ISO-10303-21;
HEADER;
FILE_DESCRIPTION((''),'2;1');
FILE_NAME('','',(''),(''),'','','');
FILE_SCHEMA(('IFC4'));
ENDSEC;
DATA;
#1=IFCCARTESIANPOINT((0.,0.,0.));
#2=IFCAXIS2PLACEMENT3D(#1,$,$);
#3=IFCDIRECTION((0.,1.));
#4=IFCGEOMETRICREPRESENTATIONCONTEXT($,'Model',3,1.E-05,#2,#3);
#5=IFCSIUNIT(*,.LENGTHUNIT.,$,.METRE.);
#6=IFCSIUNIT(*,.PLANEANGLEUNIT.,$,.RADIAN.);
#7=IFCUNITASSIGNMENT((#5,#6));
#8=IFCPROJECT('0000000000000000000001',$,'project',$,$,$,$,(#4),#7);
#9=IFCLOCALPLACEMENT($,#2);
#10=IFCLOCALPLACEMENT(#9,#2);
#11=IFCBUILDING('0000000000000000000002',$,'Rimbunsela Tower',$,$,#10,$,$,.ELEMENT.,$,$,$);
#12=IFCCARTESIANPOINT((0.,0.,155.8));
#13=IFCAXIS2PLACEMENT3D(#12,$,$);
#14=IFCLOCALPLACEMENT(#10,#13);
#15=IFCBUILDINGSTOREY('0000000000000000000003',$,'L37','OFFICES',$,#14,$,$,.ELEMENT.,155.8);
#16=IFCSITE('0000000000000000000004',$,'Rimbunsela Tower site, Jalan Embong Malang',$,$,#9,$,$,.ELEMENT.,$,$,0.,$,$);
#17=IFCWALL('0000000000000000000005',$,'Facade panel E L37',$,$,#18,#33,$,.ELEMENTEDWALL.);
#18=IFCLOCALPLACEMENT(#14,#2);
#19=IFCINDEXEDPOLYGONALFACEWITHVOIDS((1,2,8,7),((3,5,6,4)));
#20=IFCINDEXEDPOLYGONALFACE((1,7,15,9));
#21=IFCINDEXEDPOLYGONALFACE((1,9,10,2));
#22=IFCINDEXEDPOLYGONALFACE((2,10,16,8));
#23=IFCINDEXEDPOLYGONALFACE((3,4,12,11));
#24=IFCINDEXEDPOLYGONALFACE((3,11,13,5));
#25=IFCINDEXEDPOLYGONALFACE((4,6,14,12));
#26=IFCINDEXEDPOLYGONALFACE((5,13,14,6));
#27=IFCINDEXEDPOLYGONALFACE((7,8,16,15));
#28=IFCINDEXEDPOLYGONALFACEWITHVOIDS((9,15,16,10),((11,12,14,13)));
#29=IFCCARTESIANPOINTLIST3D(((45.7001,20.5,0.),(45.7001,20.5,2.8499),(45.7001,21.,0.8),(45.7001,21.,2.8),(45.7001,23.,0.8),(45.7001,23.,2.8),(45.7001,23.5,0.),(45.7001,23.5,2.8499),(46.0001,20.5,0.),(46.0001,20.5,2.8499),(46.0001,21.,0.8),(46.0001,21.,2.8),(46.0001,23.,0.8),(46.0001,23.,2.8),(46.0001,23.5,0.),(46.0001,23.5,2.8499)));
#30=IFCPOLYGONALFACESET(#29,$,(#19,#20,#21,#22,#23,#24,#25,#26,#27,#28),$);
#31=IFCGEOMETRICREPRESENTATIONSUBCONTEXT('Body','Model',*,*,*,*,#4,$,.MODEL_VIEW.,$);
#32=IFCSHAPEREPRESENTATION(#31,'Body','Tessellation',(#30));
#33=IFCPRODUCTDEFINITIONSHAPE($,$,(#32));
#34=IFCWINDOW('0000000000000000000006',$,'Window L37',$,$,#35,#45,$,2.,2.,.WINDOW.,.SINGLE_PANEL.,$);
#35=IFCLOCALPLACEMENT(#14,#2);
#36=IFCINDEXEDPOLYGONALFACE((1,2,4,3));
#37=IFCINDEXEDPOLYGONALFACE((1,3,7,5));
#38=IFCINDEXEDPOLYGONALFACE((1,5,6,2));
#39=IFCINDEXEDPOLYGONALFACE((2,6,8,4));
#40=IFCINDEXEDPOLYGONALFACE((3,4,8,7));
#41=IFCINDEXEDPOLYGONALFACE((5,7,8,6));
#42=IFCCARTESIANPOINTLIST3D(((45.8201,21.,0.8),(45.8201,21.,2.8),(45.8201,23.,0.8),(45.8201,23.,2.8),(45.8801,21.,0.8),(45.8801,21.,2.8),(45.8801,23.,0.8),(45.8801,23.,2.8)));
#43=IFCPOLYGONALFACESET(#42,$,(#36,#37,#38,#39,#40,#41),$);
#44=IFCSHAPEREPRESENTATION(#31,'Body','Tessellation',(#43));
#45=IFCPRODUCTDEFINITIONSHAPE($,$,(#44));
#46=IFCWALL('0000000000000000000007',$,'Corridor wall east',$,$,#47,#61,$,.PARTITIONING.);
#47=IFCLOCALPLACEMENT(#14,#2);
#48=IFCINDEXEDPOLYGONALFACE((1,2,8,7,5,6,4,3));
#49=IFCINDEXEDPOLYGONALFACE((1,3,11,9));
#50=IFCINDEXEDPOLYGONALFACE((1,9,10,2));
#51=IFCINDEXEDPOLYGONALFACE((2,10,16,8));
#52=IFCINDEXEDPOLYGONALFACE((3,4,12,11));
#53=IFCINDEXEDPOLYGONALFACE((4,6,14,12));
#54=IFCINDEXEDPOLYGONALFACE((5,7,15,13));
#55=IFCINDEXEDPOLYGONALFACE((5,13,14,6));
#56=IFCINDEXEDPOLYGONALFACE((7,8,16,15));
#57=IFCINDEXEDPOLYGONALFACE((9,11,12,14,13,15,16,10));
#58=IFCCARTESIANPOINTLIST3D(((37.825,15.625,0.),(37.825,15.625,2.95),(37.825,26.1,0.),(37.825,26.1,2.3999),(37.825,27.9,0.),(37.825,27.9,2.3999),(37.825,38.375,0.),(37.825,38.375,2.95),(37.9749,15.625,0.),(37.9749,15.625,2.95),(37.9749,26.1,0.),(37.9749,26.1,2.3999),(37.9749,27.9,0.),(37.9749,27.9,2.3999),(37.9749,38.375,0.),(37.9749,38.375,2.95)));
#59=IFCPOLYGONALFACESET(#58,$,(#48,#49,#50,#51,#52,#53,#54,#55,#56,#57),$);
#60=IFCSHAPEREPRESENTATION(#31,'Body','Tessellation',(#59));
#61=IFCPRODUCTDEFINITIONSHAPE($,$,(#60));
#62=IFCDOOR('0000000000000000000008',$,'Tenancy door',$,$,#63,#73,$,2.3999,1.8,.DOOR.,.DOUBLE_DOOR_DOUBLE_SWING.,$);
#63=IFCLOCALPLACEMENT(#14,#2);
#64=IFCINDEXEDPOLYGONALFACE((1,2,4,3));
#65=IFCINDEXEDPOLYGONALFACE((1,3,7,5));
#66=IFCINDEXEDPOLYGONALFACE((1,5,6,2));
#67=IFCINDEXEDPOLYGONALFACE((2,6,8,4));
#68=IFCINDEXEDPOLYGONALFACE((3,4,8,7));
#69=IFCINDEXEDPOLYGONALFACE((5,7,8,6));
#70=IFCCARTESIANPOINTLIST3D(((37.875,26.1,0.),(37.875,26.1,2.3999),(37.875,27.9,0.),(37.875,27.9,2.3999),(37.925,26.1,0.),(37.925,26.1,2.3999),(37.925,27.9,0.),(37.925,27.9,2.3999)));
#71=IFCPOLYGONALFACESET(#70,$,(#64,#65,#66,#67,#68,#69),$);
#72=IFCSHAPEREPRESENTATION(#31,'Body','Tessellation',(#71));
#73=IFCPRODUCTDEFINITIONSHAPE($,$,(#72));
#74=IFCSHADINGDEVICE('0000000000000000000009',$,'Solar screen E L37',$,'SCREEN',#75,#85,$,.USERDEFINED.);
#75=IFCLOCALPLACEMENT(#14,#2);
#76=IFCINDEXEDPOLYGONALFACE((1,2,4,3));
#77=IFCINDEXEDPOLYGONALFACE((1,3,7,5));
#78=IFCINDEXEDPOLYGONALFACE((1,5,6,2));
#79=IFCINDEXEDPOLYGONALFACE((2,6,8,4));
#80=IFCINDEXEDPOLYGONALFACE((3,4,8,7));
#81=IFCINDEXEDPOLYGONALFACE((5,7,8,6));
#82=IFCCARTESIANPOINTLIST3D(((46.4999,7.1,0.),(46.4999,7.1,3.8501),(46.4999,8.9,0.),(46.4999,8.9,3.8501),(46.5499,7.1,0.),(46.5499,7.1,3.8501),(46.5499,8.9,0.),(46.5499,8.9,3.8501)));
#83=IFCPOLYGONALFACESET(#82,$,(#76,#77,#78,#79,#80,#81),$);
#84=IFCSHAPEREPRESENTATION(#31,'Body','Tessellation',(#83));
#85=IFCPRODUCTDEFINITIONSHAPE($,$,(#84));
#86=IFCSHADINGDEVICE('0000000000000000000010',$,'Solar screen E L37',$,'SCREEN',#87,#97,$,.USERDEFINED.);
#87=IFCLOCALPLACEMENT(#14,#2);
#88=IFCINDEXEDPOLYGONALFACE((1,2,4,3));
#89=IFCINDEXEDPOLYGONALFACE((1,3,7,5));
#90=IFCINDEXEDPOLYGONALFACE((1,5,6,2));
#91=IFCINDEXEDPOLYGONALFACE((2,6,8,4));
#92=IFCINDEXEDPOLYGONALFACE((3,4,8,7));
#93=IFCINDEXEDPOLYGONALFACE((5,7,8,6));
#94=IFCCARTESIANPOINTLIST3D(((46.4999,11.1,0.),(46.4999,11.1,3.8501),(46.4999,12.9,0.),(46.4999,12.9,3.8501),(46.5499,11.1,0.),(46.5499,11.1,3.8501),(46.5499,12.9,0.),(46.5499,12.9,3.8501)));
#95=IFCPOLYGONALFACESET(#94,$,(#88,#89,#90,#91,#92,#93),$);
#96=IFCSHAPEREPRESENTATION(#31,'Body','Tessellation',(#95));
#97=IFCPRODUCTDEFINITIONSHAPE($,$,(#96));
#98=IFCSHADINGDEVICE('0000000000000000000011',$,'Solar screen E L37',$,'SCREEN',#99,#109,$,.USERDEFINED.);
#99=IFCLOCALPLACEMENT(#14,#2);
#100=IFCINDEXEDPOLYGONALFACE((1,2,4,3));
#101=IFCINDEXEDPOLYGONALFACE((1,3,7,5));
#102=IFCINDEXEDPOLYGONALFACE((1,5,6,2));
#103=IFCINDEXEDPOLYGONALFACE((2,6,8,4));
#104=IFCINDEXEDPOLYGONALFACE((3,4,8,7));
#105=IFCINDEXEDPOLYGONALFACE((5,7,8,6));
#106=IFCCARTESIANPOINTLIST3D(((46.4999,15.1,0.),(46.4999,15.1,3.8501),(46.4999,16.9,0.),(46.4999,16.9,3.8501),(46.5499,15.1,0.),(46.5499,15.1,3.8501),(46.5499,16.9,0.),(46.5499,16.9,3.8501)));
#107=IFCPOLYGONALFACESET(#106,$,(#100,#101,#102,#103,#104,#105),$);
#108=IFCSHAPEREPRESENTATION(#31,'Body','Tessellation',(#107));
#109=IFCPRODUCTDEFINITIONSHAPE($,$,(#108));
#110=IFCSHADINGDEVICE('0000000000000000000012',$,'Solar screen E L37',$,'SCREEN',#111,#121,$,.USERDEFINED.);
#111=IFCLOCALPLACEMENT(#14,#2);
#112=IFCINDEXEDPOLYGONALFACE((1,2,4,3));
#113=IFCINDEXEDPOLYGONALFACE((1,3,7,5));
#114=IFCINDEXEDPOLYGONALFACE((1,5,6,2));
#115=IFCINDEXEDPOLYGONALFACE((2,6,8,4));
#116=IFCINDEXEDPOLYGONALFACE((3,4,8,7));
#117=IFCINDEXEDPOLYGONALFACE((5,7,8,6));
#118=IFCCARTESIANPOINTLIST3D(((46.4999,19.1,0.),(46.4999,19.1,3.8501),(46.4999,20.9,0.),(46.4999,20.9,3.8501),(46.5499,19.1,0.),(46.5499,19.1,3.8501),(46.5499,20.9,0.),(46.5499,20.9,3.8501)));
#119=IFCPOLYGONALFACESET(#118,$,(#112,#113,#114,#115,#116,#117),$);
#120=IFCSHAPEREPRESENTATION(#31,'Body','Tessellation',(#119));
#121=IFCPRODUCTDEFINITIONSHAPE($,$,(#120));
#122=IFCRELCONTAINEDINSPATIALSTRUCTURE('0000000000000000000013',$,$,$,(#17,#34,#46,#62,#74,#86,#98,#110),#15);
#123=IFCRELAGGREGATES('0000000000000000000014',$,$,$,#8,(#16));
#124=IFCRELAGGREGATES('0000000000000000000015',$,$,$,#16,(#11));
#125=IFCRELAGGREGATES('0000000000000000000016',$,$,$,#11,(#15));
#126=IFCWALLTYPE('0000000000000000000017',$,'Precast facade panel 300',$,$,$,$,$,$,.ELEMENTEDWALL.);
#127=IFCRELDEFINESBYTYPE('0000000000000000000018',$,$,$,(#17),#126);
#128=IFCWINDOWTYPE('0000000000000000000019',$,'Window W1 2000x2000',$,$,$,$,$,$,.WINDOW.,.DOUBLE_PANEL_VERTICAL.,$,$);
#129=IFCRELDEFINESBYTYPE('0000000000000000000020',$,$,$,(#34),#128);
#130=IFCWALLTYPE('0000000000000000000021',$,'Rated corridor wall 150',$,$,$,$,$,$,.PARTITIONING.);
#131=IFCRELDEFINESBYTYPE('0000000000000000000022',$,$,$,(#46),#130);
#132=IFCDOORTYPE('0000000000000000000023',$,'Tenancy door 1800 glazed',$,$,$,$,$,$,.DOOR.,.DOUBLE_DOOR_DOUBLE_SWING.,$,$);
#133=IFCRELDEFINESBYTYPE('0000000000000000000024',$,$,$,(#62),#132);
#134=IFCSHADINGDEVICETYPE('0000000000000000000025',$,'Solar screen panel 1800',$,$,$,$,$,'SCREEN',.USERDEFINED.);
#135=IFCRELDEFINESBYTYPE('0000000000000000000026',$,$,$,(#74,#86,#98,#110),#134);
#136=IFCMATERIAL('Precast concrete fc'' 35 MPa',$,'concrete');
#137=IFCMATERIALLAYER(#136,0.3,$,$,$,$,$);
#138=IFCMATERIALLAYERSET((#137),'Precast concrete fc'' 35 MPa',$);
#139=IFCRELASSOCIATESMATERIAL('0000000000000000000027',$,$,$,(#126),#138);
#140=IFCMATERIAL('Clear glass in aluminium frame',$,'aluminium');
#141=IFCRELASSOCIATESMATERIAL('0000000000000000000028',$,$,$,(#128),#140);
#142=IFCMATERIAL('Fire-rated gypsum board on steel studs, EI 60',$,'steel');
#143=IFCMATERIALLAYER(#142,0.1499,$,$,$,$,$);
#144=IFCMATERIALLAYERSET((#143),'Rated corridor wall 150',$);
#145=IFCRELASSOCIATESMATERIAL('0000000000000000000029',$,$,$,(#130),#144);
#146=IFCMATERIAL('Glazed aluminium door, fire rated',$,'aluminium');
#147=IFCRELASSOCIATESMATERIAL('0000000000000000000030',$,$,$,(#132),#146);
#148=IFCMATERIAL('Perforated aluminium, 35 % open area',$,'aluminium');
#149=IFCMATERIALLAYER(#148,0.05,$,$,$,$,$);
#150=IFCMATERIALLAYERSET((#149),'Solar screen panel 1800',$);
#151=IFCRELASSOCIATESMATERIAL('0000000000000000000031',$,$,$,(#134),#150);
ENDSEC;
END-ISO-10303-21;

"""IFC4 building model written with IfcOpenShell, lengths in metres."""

from ifc_helpers import new_model, si_unit, direction, frame, frame_2d, origin, origin_2d, place, context, subcontext, project, spatial, rectangle, extrude, material, layer, layer_set, type_object, element, fill, save


model = new_model("IFC4")

# Units and contexts
model_context = context("Model", 3, precision=1e-05, world=origin(), true_north=direction((0.0, 1.0)))
body_context = subcontext(model_context, "Body", "Model", "MODEL_VIEW")
ifc_project = project(units=[si_unit("LENGTHUNIT", "METRE"), si_unit("PLANEANGLEUNIT", "RADIAN")], contexts=[model_context])

# Site, building, storey
site_placement = place(None, origin())
site = spatial("IfcSite", under=ifc_project, at=site_placement, Name="Rimbunsela Tower site, Jalan Embong Malang", CompositionType="ELEMENT", RefElevation=0.0)
building_placement = place(site_placement, origin())
building = spatial("IfcBuilding", under=site, at=building_placement, Name="Rimbunsela Tower", CompositionType="ELEMENT")
storey_placement = place(building_placement, frame((0.0, 0.0, 155.8)))
storey = spatial("IfcBuildingStorey", under=building, at=storey_placement, Name="L37", Description="OFFICES", CompositionType="ELEMENT", Elevation=155.8)

# Wall, opening, window
ifc_material_1 = material(Name="Precast concrete fc' 35 MPa", Category="concrete")
ifc_layer_1 = layer(ifc_material_1, 0.3)
ifc_layer_set_1 = layer_set([ifc_layer_1], Name="Precast concrete fc' 35 MPa")
wall_type_1 = type_object("IfcWallType", Name="Precast facade panel 300", PredefinedType="ELEMENTEDWALL", material=ifc_layer_set_1)
ifc_material_2 = material(Name="Clear glass in aluminium frame", Category="aluminium")
window_type = type_object("IfcWindowType", Name="Window W1 2000x2000", PartitioningType="DOUBLE_PANEL_VERTICAL", PredefinedType="WINDOW", material=ifc_material_2)
wall_1_placement = place(storey_placement, frame((45.8501, 20.5, 0.0), z_axis=(0.0, 0.0, 1.0), x_axis=(0.0, 1.0, 0.0)))
wall_1 = element("IfcWall", 1, at=wall_1_placement, inside=storey, type_object=wall_type_1, Name="Facade panel E L37", PredefinedType="ELEMENTEDWALL", context=body_context, shape_type="SweptSolid", body=[
    extrude(rectangle(XDim=3.0, YDim=0.3, at=frame_2d((1.5, 0.0))), origin(), (0.0, 0.0, 1.0), 2.8499),
])
opening_1_placement = place(wall_1_placement, frame((0.5, 0.0, 0.8)))
opening_1 = element("IfcOpeningElement", 2, at=opening_1_placement, cuts=wall_1, PredefinedType="OPENING", context=body_context, shape_type="SweptSolid", body=[
    extrude(rectangle(XDim=2.0, YDim=2.0, at=frame_2d((1.0, 1.0))), frame((0.0, 0.1599, 0.0), z_axis=(0.0, -1.0, 0.0), x_axis=(1.0, 0.0, 0.0)), (0.0, 0.0, 1.0), 0.3201),
])
window_1_placement = place(opening_1_placement, origin())
window_1 = element("IfcWindow", 3, at=window_1_placement, inside=storey, type_object=window_type, Name="Window L37", OverallHeight=2.0, OverallWidth=2.0, PartitioningType="SINGLE_PANEL", PredefinedType="WINDOW", context=body_context, shape_type="SweptSolid", body=[
    extrude(rectangle(XDim=2.0, YDim=2.0, at=frame_2d((1.0, 1.0))), frame((0.0, 0.03, 0.0), z_axis=(0.0, -1.0, 0.0), x_axis=(1.0, 0.0, 0.0)), (0.0, 0.0, 1.0), 0.0601),
])
fill(opening_1, window_1)

# Wall, opening, door
ifc_material_3 = material(Name="Fire-rated gypsum board on steel studs, EI 60", Category="steel")
ifc_layer_2 = layer(ifc_material_3, 0.1499)
ifc_layer_set_2 = layer_set([ifc_layer_2], Name="Rated corridor wall 150")
wall_type_2 = type_object("IfcWallType", Name="Rated corridor wall 150", PredefinedType="PARTITIONING", material=ifc_layer_set_2)
wall_2_placement = place(storey_placement, frame((37.8999, 15.625, 0.0), z_axis=(0.0, 0.0, 1.0), x_axis=(0.0, 1.0, 0.0)))
wall_2 = element("IfcWall", 4, at=wall_2_placement, inside=storey, type_object=wall_type_2, Name="Corridor wall east", PredefinedType="PARTITIONING", context=body_context, shape_type="SweptSolid", body=[
    extrude(rectangle(XDim=22.75, YDim=0.1499, at=frame_2d((11.375, 0.0))), origin(), (0.0, 0.0, 1.0), 2.95),
])
opening_2_placement = place(wall_2_placement, frame((10.4751, 0.0, 0.0)))
opening_2 = element("IfcOpeningElement", 5, at=opening_2_placement, cuts=wall_2, PredefinedType="OPENING", context=body_context, shape_type="SweptSolid", body=[
    extrude(rectangle(XDim=1.8, YDim=2.3999, at=frame_2d((0.8999, 1.2))), frame((0.0, 0.085, 0.0), z_axis=(0.0, -1.0, 0.0), x_axis=(1.0, 0.0, 0.0)), (0.0, 0.0, 1.0), 0.1699),
])
ifc_material_4 = material(Name="Glazed aluminium door, fire rated", Category="aluminium")
door_type_1 = type_object("IfcDoorType", Name="Tenancy door 1800 glazed", OperationType="DOUBLE_DOOR_DOUBLE_SWING", PredefinedType="DOOR", material=ifc_material_4)
door_1_placement = place(opening_2_placement, origin())
door_1 = element("IfcDoor", 6, at=door_1_placement, inside=storey, type_object=door_type_1, Name="Tenancy door", OperationType="DOUBLE_DOOR_DOUBLE_SWING", OverallHeight=2.3999, OverallWidth=1.8, PredefinedType="DOOR", context=body_context, shape_type="SweptSolid", body=[
    extrude(rectangle(XDim=1.8, YDim=2.3999, at=frame_2d((0.8999, 1.2))), frame((0.0, 0.0249, 0.0), z_axis=(0.0, -1.0, 0.0), x_axis=(1.0, 0.0, 0.0)), (0.0, 0.0, 1.0), 0.05),
])
fill(opening_2, door_1)

# Shading devices
ifc_material_5 = material(Name="Perforated aluminium, 35 % open area", Category="aluminium")
ifc_layer_3 = layer(ifc_material_5, 0.05)
ifc_layer_set_3 = layer_set([ifc_layer_3], Name="Solar screen panel 1800")
shading_device_type = type_object("IfcShadingDeviceType", Name="Solar screen panel 1800", ElementType="SCREEN", PredefinedType="USERDEFINED", material=ifc_layer_set_3)
for number, where, z_axis, x_axis, name in (
    (7, (46.5249, 8.0, 0.0), (0.0, 0.0, 1.0), (0.0, 1.0, 0.0), "Solar screen E L37"),
    (8, (46.5249, 12.0, 0.0), (0.0, 0.0, 1.0), (0.0, 1.0, 0.0), "Solar screen E L37"),
    (9, (46.5249, 16.0, 0.0), (0.0, 0.0, 1.0), (0.0, 1.0, 0.0), "Solar screen E L37"),
    (10, (46.5249, 20.0, 0.0), (0.0, 0.0, 1.0), (0.0, 1.0, 0.0), "Solar screen E L37"),
):
    element("IfcShadingDevice", number, at=place(storey_placement, frame(where, z_axis=z_axis, x_axis=x_axis)), inside=storey, type_object=shading_device_type, Name=name, ObjectType="SCREEN", PredefinedType="USERDEFINED", context=body_context, shape_type="SweptSolid", body=[
        extrude(rectangle(XDim=1.8, YDim=0.05, at=origin_2d()), origin(), (0.0, 0.0, 1.0), 3.8501),
    ])

save(model, "model.ifc")
